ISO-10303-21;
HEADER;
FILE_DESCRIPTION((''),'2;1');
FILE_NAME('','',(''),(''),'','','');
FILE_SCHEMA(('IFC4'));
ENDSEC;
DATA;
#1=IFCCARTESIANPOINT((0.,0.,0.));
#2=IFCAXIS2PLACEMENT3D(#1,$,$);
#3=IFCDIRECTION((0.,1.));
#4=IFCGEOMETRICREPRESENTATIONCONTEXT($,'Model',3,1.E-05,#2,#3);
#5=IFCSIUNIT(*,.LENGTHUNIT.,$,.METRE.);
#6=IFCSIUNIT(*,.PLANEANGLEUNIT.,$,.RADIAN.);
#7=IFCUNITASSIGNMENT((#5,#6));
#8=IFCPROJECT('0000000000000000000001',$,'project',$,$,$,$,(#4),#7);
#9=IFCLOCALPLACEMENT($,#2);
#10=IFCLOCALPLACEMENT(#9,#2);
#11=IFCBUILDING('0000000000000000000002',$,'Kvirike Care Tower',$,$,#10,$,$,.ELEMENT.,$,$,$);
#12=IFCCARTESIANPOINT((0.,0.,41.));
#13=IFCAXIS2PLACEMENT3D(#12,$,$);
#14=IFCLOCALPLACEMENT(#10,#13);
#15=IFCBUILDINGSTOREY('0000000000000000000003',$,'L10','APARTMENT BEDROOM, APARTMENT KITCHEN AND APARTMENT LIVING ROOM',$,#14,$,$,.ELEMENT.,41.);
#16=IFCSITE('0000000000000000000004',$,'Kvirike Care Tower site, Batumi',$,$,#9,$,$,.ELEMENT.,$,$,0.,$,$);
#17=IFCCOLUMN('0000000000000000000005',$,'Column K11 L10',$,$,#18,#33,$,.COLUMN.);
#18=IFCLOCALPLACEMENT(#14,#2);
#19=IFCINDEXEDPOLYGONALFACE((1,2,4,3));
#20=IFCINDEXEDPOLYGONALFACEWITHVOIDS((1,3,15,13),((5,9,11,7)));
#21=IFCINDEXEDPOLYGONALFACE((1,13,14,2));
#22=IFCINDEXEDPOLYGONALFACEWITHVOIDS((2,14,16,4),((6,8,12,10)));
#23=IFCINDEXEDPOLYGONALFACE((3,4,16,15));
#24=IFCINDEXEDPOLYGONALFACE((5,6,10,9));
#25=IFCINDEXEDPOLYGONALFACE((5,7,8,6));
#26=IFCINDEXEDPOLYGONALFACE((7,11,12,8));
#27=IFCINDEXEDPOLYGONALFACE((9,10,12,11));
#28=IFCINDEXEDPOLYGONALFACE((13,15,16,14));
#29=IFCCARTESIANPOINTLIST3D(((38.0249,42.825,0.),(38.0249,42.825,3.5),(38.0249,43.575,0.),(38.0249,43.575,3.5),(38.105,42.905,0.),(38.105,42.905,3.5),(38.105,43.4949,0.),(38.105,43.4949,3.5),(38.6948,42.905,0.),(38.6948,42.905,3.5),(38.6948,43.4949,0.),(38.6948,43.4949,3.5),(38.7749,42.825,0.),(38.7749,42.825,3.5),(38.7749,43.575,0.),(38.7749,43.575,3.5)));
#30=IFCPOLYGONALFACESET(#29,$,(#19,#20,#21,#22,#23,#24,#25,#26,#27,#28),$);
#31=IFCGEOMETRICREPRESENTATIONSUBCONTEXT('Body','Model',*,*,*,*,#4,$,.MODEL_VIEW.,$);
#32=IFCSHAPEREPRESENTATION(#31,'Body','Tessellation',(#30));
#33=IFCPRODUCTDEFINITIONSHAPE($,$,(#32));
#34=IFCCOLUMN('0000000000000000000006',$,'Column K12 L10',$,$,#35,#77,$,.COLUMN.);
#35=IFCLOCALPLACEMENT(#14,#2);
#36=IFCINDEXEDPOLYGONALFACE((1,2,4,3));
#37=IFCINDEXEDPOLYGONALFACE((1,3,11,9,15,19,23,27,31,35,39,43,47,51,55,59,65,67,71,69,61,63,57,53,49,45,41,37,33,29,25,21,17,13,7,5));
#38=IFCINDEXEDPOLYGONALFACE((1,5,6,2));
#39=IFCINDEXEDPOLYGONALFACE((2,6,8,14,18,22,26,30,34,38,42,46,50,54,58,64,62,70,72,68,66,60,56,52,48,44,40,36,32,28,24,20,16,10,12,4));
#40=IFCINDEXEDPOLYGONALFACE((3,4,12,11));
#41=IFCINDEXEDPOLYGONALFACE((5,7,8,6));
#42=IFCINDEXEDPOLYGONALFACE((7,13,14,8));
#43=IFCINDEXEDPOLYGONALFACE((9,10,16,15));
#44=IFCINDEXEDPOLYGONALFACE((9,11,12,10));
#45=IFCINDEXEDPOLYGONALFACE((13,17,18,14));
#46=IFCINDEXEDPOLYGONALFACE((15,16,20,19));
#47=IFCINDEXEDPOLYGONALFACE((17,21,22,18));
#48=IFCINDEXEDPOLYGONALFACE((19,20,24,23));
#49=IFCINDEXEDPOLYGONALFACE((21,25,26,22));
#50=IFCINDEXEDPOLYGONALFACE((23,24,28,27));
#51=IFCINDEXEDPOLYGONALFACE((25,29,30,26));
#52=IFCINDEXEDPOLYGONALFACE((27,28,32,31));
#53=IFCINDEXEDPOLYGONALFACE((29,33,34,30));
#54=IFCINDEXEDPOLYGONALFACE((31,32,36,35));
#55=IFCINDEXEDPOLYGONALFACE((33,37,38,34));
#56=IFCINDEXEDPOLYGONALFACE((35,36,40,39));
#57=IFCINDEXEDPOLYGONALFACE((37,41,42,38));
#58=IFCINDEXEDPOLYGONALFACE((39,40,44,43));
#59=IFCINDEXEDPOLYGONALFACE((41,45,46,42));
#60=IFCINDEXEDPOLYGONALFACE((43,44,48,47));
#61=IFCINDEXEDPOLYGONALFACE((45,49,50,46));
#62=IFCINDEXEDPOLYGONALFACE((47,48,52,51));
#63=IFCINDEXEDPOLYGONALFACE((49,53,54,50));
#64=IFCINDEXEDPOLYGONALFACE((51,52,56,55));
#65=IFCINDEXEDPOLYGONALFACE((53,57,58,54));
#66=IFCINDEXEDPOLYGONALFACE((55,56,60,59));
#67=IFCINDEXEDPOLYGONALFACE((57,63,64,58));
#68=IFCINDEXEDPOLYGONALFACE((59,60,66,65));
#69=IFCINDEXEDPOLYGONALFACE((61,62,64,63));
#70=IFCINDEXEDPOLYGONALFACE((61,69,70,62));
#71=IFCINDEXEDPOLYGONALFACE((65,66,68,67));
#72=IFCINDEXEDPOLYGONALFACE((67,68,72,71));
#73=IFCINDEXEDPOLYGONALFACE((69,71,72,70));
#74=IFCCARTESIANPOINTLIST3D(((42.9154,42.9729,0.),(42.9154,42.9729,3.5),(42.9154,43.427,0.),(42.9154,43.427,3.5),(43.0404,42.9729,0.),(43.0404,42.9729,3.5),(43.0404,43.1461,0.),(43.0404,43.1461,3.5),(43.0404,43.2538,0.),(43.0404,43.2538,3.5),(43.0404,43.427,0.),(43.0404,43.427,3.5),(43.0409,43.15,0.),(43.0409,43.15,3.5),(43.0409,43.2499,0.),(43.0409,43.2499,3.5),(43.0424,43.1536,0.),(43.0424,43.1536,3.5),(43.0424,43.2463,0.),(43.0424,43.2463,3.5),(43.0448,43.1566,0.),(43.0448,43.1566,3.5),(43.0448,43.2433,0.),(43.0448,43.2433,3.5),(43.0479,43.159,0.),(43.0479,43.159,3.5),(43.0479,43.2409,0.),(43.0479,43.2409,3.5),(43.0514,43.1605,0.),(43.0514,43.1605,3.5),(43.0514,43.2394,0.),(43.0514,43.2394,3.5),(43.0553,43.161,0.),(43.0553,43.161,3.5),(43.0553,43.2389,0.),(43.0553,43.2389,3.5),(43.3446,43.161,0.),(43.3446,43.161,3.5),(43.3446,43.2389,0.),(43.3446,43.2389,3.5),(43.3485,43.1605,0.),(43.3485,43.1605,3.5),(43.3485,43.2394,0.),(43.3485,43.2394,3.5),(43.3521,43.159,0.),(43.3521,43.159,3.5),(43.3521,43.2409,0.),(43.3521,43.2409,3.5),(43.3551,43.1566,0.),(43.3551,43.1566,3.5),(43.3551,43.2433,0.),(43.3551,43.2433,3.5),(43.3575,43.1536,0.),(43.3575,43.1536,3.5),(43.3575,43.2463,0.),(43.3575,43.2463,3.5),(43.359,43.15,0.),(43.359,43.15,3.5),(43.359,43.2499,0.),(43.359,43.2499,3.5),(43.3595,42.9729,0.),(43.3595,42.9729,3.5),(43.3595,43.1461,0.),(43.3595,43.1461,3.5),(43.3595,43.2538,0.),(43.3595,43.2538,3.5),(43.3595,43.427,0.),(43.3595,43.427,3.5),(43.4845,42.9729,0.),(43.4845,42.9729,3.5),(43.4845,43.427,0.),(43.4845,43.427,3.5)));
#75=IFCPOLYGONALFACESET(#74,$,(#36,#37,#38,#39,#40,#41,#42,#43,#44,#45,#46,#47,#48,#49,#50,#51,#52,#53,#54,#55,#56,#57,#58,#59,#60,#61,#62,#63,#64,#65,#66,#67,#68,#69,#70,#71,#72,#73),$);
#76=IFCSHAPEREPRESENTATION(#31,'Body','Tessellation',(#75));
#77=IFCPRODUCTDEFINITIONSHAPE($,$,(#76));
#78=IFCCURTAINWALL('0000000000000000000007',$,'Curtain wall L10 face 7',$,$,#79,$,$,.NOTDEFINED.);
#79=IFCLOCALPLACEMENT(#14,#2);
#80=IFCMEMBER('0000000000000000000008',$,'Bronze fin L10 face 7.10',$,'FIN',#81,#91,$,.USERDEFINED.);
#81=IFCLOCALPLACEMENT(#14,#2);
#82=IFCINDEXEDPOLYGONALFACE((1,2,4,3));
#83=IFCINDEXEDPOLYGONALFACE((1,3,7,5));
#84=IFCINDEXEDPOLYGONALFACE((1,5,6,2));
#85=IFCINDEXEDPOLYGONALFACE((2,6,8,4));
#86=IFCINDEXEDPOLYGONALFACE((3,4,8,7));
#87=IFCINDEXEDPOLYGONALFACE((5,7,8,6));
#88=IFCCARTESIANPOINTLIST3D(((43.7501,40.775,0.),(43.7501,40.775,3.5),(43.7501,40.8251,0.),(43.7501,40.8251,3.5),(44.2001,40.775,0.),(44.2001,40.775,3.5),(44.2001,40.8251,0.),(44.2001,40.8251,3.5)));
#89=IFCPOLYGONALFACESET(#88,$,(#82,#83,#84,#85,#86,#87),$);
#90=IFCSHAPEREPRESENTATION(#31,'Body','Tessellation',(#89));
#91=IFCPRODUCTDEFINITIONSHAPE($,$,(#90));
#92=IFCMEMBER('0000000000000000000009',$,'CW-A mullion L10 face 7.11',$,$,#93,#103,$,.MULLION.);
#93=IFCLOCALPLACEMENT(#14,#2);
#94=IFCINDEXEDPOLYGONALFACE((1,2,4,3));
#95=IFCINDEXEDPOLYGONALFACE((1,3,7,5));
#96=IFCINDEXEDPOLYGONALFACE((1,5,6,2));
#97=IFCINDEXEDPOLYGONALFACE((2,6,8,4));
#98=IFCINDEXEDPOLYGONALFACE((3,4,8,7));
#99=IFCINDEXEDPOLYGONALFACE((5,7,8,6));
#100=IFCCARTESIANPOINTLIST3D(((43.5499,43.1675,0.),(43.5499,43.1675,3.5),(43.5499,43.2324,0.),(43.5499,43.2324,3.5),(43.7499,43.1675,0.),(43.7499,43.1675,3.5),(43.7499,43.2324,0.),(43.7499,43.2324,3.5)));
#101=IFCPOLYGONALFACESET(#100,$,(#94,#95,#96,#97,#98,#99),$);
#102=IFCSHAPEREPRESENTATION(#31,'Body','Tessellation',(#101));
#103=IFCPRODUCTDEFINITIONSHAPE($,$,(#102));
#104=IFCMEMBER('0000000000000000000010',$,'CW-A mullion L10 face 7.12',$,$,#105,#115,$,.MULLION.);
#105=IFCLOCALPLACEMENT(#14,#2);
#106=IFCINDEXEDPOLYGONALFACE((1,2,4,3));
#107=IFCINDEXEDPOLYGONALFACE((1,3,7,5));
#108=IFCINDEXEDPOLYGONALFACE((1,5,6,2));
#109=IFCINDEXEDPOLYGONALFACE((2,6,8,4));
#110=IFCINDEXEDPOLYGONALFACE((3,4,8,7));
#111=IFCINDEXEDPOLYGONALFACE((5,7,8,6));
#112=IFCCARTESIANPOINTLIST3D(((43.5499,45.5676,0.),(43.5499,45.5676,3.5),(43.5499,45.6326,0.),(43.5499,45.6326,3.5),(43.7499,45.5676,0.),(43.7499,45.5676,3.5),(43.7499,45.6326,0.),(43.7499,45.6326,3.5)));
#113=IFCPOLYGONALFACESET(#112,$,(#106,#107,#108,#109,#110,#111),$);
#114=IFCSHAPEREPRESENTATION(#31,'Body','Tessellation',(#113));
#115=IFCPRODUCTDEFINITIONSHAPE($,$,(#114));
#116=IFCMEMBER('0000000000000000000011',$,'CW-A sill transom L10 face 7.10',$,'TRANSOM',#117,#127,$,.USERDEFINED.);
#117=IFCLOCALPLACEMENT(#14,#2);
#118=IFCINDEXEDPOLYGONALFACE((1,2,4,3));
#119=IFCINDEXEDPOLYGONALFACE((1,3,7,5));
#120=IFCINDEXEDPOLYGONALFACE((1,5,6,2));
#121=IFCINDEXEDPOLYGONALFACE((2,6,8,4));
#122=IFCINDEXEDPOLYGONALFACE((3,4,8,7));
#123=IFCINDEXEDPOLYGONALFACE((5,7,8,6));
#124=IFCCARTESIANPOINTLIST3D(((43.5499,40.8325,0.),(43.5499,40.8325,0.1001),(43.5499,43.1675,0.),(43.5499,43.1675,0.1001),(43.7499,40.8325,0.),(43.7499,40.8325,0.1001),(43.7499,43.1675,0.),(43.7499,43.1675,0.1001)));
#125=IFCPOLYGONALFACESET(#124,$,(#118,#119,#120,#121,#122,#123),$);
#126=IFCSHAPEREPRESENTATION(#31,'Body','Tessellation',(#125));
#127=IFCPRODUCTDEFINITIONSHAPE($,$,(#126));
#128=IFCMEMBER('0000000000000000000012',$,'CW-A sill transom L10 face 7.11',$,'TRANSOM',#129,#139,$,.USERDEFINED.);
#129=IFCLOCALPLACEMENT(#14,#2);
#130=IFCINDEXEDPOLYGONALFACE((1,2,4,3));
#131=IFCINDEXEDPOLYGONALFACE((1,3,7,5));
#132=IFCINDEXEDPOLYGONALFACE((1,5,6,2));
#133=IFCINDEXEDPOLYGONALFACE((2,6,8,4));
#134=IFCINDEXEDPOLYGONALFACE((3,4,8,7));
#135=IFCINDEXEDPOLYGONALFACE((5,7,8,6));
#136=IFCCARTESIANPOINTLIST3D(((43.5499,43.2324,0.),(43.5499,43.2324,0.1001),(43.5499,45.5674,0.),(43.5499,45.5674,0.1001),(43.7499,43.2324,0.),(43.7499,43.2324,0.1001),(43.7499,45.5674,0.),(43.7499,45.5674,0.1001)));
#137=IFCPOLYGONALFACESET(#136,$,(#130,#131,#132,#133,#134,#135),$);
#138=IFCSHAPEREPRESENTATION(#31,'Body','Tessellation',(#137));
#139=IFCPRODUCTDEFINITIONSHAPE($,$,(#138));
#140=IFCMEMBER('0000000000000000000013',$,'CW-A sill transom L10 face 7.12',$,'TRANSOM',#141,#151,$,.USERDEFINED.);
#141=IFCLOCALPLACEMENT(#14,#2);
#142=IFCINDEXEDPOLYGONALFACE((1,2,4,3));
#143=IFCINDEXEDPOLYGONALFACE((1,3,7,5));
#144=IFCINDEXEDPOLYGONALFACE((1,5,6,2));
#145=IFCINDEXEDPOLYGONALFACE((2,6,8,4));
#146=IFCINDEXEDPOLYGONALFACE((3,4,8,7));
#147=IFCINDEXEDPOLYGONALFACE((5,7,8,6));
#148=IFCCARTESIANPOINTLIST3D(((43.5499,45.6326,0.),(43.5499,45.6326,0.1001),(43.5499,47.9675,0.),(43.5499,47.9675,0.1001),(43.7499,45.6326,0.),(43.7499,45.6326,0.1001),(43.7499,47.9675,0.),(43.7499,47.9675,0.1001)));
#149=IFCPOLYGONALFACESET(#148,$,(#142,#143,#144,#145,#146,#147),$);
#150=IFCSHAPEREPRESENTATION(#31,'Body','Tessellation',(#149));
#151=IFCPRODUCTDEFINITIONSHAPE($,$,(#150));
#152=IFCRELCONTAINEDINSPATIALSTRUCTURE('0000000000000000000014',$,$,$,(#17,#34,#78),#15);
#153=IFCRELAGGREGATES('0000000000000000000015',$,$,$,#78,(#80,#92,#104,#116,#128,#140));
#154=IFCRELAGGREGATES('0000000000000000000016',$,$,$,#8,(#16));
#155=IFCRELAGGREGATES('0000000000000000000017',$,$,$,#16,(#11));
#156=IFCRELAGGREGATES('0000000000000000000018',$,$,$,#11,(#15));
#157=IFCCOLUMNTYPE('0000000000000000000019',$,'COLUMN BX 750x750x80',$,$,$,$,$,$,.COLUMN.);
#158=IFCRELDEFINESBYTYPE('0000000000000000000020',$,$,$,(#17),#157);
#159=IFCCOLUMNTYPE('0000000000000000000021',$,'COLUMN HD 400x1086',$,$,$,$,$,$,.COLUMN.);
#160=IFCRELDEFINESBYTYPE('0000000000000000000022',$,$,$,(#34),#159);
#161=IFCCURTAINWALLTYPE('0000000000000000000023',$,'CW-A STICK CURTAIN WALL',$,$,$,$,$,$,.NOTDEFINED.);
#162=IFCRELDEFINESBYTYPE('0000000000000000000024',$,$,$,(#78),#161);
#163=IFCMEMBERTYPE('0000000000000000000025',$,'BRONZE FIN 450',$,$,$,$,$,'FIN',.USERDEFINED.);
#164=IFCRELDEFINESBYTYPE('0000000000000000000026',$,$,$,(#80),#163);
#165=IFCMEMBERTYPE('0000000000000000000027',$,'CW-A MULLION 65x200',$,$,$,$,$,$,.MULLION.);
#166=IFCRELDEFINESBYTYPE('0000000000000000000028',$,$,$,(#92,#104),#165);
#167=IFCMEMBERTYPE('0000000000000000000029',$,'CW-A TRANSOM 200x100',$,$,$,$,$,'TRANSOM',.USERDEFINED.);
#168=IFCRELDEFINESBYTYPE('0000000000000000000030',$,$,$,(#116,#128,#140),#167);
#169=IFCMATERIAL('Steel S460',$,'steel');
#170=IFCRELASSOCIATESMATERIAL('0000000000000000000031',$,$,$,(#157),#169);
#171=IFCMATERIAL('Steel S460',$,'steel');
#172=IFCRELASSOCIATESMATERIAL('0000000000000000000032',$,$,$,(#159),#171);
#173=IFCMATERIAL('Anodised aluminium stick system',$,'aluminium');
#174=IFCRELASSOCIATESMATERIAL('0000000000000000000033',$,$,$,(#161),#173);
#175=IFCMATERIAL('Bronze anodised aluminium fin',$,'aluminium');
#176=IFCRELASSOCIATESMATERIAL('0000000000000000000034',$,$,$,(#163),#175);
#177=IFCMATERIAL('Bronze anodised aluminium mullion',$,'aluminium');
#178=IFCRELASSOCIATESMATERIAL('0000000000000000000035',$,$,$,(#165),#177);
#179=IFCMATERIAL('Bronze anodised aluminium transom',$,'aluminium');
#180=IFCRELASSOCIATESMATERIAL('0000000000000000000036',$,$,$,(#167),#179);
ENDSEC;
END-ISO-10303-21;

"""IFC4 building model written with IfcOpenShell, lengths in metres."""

from ifc_helpers import new_model, si_unit, direction, frame, origin, origin_2d, place, context, subcontext, project, spatial, rectangle, hollow_rectangle, i_section, extrude, material, material_profile, profile_set, type_object, element, aggregate, save


model = new_model("IFC4")

# Units and contexts
model_context = context("Model", 3, precision=1e-05, world=origin(), true_north=direction((0.0, 1.0)))
body_context = subcontext(model_context, "Body", "Model", "MODEL_VIEW")
ifc_project = project(units=[si_unit("LENGTHUNIT", "METRE"), si_unit("PLANEANGLEUNIT", "RADIAN")], contexts=[model_context])

# Site, building, storey
site_placement = place(None, origin())
site = spatial("IfcSite", under=ifc_project, at=site_placement, Name="Kvirike Care Tower site, Batumi", CompositionType="ELEMENT", RefElevation=0.0)
building_placement = place(site_placement, origin())
building = spatial("IfcBuilding", under=site, at=building_placement, Name="Kvirike Care Tower", CompositionType="ELEMENT")
storey_placement = place(building_placement, frame((0.0, 0.0, 41.0)))
storey = spatial("IfcBuildingStorey", under=building, at=storey_placement, Name="L10", Description="APARTMENT BEDROOM, APARTMENT KITCHEN AND APARTMENT LIVING ROOM", CompositionType="ELEMENT", Elevation=41.0)

# Columns
ifc_material_1 = material(Name="Steel S460", Category="steel")
ifc_material_profile_1 = material_profile(ifc_material_1, hollow_rectangle(XDim=0.75, YDim=0.75, WallThickness=0.0801, at=origin_2d()), Name="BX 750x750x80")
ifc_profile_set_1 = profile_set([ifc_material_profile_1], Name="Steel S460")
column_type_1 = type_object("IfcColumnType", Name="COLUMN BX 750x750x80", PredefinedType="COLUMN", material=ifc_profile_set_1)
column_1_placement = place(storey_placement, frame((38.3999, 43.2, 0.0), z_axis=(0.0, 0.0, 1.0), x_axis=(0.0, 1.0, 0.0)))
element("IfcColumn", 1, at=column_1_placement, inside=storey, type_object=column_type_1, Name="Column K11 L10", PredefinedType="COLUMN", context=body_context, shape_type="SweptSolid", body=[
    extrude(hollow_rectangle(XDim=0.75, YDim=0.75, WallThickness=0.0801, at=origin_2d()), origin(), (0.0, 0.0, 1.0), 3.5),
])
ifc_material_2 = material(Name="Steel S460", Category="steel")
ifc_material_profile_2 = material_profile(ifc_material_2, i_section(OverallWidth=0.4541, OverallDepth=0.5691, WebThickness=0.0779, FlangeThickness=0.125, FilletRadius=0.0149, at=origin_2d()), Name="HD 400x1086")
ifc_profile_set_2 = profile_set([ifc_material_profile_2], Name="Steel S460")
column_type_2 = type_object("IfcColumnType", Name="COLUMN HD 400x1086", PredefinedType="COLUMN", material=ifc_profile_set_2)
column_2_placement = place(storey_placement, frame((43.2, 43.2, 0.0), z_axis=(0.0, 0.0, 1.0), x_axis=(0.0, 1.0, 0.0)))
element("IfcColumn", 2, at=column_2_placement, inside=storey, type_object=column_type_2, Name="Column K12 L10", PredefinedType="COLUMN", context=body_context, shape_type="SweptSolid", body=[
    extrude(i_section(OverallWidth=0.4541, OverallDepth=0.5691, WebThickness=0.0779, FlangeThickness=0.125, FilletRadius=0.0149, at=origin_2d()), origin(), (0.0, 0.0, 1.0), 3.5),
])

# Curtain wall, members
ifc_material_3 = material(Name="Anodised aluminium stick system", Category="aluminium")
curtain_wall_type = type_object("IfcCurtainWallType", Name="CW-A STICK CURTAIN WALL", PredefinedType="NOTDEFINED", material=ifc_material_3)
curtain_wall_placement = place(storey_placement, origin())
curtain_wall = element("IfcCurtainWall", 3, at=curtain_wall_placement, inside=storey, type_object=curtain_wall_type, Name="Curtain wall L10 face 7", PredefinedType="NOTDEFINED")
ifc_material_4 = material(Name="Bronze anodised aluminium fin", Category="aluminium")
ifc_material_profile_3 = material_profile(ifc_material_4, rectangle(XDim=0.05, YDim=0.45, at=origin_2d()), Name="BRONZE FIN 450")
ifc_profile_set_3 = profile_set([ifc_material_profile_3], Name="Bronze anodised aluminium fin")
member_type_1 = type_object("IfcMemberType", Name="BRONZE FIN 450", ElementType="FIN", PredefinedType="USERDEFINED", material=ifc_profile_set_3)
member_1_placement = place(storey_placement, frame((43.9751, 40.8, 0.0), z_axis=(0.0, 0.0, 1.0), x_axis=(0.0, 1.0, 0.0)))
member_1 = element("IfcMember", 4, at=member_1_placement, type_object=member_type_1, Name="Bronze fin L10 face 7.10", ObjectType="FIN", PredefinedType="USERDEFINED", context=body_context, shape_type="SweptSolid", body=[
    extrude(rectangle(XDim=0.05, YDim=0.45, at=origin_2d()), origin(), (0.0, 0.0, 1.0), 3.5),
])
ifc_material_5 = material(Name="Bronze anodised aluminium mullion", Category="aluminium")
ifc_material_profile_4 = material_profile(ifc_material_5, rectangle(XDim=0.0649, YDim=0.2, at=origin_2d()), Name="CW-A MULLION 65x200")
ifc_profile_set_4 = profile_set([ifc_material_profile_4], Name="Bronze anodised aluminium mullion")
member_type_2 = type_object("IfcMemberType", Name="CW-A MULLION 65x200", PredefinedType="MULLION", material=ifc_profile_set_4)
member_2_placement = place(storey_placement, frame((43.6499, 43.2, 0.0), z_axis=(0.0, 0.0, 1.0), x_axis=(0.0, 1.0, 0.0)))
member_2 = element("IfcMember", 5, at=member_2_placement, type_object=member_type_2, Name="CW-A mullion L10 face 7.11", PredefinedType="MULLION", context=body_context, shape_type="SweptSolid", body=[
    extrude(rectangle(XDim=0.0649, YDim=0.2, at=origin_2d()), origin(), (0.0, 0.0, 1.0), 3.5),
])
member_3_placement = place(storey_placement, frame((43.6499, 45.6001, 0.0), z_axis=(0.0, 0.0, 1.0), x_axis=(0.0, 1.0, 0.0)))
member_3 = element("IfcMember", 6, at=member_3_placement, type_object=member_type_2, Name="CW-A mullion L10 face 7.12", PredefinedType="MULLION", context=body_context, shape_type="SweptSolid", body=[
    extrude(rectangle(XDim=0.0649, YDim=0.2, at=origin_2d()), origin(), (0.0, 0.0, 1.0), 3.5),
])
ifc_material_6 = material(Name="Bronze anodised aluminium transom", Category="aluminium")
ifc_material_profile_5 = material_profile(ifc_material_6, rectangle(XDim=0.2, YDim=0.1001, at=origin_2d()), Name="CW-A TRANSOM 200x100")
ifc_profile_set_5 = profile_set([ifc_material_profile_5], Name="Bronze anodised aluminium transom")
member_type_3 = type_object("IfcMemberType", Name="CW-A TRANSOM 200x100", ElementType="TRANSOM", PredefinedType="USERDEFINED", material=ifc_profile_set_5)
member_4_placement = place(storey_placement, frame((43.6499, 40.8325, 0.05), z_axis=(0.0, 1.0, 0.0), x_axis=(-1.0, 0.0, 0.0)))
member_4 = element("IfcMember", 7, at=member_4_placement, type_object=member_type_3, Name="CW-A sill transom L10 face 7.10", ObjectType="TRANSOM", PredefinedType="USERDEFINED", context=body_context, shape_type="SweptSolid", body=[
    extrude(rectangle(XDim=0.2, YDim=0.1001, at=origin_2d()), origin(), (0.0, 0.0, 1.0), 2.335),
])
member_5_placement = place(storey_placement, frame((43.6499, 43.2324, 0.05), z_axis=(0.0, 1.0, 0.0), x_axis=(-1.0, 0.0, 0.0)))
member_5 = element("IfcMember", 8, at=member_5_placement, type_object=member_type_3, Name="CW-A sill transom L10 face 7.11", ObjectType="TRANSOM", PredefinedType="USERDEFINED", context=body_context, shape_type="SweptSolid", body=[
    extrude(rectangle(XDim=0.2, YDim=0.1001, at=origin_2d()), origin(), (0.0, 0.0, 1.0), 2.335),
])
member_6_placement = place(storey_placement, frame((43.6499, 45.6326, 0.05), z_axis=(0.0, 1.0, 0.0), x_axis=(-1.0, 0.0, 0.0)))
member_6 = element("IfcMember", 9, at=member_6_placement, type_object=member_type_3, Name="CW-A sill transom L10 face 7.12", ObjectType="TRANSOM", PredefinedType="USERDEFINED", context=body_context, shape_type="SweptSolid", body=[
    extrude(rectangle(XDim=0.2, YDim=0.1001, at=origin_2d()), origin(), (0.0, 0.0, 1.0), 2.335),
])

aggregate(curtain_wall, [member_1, member_2, member_3, member_4, member_5, member_6])

save(model, "model.ifc")
